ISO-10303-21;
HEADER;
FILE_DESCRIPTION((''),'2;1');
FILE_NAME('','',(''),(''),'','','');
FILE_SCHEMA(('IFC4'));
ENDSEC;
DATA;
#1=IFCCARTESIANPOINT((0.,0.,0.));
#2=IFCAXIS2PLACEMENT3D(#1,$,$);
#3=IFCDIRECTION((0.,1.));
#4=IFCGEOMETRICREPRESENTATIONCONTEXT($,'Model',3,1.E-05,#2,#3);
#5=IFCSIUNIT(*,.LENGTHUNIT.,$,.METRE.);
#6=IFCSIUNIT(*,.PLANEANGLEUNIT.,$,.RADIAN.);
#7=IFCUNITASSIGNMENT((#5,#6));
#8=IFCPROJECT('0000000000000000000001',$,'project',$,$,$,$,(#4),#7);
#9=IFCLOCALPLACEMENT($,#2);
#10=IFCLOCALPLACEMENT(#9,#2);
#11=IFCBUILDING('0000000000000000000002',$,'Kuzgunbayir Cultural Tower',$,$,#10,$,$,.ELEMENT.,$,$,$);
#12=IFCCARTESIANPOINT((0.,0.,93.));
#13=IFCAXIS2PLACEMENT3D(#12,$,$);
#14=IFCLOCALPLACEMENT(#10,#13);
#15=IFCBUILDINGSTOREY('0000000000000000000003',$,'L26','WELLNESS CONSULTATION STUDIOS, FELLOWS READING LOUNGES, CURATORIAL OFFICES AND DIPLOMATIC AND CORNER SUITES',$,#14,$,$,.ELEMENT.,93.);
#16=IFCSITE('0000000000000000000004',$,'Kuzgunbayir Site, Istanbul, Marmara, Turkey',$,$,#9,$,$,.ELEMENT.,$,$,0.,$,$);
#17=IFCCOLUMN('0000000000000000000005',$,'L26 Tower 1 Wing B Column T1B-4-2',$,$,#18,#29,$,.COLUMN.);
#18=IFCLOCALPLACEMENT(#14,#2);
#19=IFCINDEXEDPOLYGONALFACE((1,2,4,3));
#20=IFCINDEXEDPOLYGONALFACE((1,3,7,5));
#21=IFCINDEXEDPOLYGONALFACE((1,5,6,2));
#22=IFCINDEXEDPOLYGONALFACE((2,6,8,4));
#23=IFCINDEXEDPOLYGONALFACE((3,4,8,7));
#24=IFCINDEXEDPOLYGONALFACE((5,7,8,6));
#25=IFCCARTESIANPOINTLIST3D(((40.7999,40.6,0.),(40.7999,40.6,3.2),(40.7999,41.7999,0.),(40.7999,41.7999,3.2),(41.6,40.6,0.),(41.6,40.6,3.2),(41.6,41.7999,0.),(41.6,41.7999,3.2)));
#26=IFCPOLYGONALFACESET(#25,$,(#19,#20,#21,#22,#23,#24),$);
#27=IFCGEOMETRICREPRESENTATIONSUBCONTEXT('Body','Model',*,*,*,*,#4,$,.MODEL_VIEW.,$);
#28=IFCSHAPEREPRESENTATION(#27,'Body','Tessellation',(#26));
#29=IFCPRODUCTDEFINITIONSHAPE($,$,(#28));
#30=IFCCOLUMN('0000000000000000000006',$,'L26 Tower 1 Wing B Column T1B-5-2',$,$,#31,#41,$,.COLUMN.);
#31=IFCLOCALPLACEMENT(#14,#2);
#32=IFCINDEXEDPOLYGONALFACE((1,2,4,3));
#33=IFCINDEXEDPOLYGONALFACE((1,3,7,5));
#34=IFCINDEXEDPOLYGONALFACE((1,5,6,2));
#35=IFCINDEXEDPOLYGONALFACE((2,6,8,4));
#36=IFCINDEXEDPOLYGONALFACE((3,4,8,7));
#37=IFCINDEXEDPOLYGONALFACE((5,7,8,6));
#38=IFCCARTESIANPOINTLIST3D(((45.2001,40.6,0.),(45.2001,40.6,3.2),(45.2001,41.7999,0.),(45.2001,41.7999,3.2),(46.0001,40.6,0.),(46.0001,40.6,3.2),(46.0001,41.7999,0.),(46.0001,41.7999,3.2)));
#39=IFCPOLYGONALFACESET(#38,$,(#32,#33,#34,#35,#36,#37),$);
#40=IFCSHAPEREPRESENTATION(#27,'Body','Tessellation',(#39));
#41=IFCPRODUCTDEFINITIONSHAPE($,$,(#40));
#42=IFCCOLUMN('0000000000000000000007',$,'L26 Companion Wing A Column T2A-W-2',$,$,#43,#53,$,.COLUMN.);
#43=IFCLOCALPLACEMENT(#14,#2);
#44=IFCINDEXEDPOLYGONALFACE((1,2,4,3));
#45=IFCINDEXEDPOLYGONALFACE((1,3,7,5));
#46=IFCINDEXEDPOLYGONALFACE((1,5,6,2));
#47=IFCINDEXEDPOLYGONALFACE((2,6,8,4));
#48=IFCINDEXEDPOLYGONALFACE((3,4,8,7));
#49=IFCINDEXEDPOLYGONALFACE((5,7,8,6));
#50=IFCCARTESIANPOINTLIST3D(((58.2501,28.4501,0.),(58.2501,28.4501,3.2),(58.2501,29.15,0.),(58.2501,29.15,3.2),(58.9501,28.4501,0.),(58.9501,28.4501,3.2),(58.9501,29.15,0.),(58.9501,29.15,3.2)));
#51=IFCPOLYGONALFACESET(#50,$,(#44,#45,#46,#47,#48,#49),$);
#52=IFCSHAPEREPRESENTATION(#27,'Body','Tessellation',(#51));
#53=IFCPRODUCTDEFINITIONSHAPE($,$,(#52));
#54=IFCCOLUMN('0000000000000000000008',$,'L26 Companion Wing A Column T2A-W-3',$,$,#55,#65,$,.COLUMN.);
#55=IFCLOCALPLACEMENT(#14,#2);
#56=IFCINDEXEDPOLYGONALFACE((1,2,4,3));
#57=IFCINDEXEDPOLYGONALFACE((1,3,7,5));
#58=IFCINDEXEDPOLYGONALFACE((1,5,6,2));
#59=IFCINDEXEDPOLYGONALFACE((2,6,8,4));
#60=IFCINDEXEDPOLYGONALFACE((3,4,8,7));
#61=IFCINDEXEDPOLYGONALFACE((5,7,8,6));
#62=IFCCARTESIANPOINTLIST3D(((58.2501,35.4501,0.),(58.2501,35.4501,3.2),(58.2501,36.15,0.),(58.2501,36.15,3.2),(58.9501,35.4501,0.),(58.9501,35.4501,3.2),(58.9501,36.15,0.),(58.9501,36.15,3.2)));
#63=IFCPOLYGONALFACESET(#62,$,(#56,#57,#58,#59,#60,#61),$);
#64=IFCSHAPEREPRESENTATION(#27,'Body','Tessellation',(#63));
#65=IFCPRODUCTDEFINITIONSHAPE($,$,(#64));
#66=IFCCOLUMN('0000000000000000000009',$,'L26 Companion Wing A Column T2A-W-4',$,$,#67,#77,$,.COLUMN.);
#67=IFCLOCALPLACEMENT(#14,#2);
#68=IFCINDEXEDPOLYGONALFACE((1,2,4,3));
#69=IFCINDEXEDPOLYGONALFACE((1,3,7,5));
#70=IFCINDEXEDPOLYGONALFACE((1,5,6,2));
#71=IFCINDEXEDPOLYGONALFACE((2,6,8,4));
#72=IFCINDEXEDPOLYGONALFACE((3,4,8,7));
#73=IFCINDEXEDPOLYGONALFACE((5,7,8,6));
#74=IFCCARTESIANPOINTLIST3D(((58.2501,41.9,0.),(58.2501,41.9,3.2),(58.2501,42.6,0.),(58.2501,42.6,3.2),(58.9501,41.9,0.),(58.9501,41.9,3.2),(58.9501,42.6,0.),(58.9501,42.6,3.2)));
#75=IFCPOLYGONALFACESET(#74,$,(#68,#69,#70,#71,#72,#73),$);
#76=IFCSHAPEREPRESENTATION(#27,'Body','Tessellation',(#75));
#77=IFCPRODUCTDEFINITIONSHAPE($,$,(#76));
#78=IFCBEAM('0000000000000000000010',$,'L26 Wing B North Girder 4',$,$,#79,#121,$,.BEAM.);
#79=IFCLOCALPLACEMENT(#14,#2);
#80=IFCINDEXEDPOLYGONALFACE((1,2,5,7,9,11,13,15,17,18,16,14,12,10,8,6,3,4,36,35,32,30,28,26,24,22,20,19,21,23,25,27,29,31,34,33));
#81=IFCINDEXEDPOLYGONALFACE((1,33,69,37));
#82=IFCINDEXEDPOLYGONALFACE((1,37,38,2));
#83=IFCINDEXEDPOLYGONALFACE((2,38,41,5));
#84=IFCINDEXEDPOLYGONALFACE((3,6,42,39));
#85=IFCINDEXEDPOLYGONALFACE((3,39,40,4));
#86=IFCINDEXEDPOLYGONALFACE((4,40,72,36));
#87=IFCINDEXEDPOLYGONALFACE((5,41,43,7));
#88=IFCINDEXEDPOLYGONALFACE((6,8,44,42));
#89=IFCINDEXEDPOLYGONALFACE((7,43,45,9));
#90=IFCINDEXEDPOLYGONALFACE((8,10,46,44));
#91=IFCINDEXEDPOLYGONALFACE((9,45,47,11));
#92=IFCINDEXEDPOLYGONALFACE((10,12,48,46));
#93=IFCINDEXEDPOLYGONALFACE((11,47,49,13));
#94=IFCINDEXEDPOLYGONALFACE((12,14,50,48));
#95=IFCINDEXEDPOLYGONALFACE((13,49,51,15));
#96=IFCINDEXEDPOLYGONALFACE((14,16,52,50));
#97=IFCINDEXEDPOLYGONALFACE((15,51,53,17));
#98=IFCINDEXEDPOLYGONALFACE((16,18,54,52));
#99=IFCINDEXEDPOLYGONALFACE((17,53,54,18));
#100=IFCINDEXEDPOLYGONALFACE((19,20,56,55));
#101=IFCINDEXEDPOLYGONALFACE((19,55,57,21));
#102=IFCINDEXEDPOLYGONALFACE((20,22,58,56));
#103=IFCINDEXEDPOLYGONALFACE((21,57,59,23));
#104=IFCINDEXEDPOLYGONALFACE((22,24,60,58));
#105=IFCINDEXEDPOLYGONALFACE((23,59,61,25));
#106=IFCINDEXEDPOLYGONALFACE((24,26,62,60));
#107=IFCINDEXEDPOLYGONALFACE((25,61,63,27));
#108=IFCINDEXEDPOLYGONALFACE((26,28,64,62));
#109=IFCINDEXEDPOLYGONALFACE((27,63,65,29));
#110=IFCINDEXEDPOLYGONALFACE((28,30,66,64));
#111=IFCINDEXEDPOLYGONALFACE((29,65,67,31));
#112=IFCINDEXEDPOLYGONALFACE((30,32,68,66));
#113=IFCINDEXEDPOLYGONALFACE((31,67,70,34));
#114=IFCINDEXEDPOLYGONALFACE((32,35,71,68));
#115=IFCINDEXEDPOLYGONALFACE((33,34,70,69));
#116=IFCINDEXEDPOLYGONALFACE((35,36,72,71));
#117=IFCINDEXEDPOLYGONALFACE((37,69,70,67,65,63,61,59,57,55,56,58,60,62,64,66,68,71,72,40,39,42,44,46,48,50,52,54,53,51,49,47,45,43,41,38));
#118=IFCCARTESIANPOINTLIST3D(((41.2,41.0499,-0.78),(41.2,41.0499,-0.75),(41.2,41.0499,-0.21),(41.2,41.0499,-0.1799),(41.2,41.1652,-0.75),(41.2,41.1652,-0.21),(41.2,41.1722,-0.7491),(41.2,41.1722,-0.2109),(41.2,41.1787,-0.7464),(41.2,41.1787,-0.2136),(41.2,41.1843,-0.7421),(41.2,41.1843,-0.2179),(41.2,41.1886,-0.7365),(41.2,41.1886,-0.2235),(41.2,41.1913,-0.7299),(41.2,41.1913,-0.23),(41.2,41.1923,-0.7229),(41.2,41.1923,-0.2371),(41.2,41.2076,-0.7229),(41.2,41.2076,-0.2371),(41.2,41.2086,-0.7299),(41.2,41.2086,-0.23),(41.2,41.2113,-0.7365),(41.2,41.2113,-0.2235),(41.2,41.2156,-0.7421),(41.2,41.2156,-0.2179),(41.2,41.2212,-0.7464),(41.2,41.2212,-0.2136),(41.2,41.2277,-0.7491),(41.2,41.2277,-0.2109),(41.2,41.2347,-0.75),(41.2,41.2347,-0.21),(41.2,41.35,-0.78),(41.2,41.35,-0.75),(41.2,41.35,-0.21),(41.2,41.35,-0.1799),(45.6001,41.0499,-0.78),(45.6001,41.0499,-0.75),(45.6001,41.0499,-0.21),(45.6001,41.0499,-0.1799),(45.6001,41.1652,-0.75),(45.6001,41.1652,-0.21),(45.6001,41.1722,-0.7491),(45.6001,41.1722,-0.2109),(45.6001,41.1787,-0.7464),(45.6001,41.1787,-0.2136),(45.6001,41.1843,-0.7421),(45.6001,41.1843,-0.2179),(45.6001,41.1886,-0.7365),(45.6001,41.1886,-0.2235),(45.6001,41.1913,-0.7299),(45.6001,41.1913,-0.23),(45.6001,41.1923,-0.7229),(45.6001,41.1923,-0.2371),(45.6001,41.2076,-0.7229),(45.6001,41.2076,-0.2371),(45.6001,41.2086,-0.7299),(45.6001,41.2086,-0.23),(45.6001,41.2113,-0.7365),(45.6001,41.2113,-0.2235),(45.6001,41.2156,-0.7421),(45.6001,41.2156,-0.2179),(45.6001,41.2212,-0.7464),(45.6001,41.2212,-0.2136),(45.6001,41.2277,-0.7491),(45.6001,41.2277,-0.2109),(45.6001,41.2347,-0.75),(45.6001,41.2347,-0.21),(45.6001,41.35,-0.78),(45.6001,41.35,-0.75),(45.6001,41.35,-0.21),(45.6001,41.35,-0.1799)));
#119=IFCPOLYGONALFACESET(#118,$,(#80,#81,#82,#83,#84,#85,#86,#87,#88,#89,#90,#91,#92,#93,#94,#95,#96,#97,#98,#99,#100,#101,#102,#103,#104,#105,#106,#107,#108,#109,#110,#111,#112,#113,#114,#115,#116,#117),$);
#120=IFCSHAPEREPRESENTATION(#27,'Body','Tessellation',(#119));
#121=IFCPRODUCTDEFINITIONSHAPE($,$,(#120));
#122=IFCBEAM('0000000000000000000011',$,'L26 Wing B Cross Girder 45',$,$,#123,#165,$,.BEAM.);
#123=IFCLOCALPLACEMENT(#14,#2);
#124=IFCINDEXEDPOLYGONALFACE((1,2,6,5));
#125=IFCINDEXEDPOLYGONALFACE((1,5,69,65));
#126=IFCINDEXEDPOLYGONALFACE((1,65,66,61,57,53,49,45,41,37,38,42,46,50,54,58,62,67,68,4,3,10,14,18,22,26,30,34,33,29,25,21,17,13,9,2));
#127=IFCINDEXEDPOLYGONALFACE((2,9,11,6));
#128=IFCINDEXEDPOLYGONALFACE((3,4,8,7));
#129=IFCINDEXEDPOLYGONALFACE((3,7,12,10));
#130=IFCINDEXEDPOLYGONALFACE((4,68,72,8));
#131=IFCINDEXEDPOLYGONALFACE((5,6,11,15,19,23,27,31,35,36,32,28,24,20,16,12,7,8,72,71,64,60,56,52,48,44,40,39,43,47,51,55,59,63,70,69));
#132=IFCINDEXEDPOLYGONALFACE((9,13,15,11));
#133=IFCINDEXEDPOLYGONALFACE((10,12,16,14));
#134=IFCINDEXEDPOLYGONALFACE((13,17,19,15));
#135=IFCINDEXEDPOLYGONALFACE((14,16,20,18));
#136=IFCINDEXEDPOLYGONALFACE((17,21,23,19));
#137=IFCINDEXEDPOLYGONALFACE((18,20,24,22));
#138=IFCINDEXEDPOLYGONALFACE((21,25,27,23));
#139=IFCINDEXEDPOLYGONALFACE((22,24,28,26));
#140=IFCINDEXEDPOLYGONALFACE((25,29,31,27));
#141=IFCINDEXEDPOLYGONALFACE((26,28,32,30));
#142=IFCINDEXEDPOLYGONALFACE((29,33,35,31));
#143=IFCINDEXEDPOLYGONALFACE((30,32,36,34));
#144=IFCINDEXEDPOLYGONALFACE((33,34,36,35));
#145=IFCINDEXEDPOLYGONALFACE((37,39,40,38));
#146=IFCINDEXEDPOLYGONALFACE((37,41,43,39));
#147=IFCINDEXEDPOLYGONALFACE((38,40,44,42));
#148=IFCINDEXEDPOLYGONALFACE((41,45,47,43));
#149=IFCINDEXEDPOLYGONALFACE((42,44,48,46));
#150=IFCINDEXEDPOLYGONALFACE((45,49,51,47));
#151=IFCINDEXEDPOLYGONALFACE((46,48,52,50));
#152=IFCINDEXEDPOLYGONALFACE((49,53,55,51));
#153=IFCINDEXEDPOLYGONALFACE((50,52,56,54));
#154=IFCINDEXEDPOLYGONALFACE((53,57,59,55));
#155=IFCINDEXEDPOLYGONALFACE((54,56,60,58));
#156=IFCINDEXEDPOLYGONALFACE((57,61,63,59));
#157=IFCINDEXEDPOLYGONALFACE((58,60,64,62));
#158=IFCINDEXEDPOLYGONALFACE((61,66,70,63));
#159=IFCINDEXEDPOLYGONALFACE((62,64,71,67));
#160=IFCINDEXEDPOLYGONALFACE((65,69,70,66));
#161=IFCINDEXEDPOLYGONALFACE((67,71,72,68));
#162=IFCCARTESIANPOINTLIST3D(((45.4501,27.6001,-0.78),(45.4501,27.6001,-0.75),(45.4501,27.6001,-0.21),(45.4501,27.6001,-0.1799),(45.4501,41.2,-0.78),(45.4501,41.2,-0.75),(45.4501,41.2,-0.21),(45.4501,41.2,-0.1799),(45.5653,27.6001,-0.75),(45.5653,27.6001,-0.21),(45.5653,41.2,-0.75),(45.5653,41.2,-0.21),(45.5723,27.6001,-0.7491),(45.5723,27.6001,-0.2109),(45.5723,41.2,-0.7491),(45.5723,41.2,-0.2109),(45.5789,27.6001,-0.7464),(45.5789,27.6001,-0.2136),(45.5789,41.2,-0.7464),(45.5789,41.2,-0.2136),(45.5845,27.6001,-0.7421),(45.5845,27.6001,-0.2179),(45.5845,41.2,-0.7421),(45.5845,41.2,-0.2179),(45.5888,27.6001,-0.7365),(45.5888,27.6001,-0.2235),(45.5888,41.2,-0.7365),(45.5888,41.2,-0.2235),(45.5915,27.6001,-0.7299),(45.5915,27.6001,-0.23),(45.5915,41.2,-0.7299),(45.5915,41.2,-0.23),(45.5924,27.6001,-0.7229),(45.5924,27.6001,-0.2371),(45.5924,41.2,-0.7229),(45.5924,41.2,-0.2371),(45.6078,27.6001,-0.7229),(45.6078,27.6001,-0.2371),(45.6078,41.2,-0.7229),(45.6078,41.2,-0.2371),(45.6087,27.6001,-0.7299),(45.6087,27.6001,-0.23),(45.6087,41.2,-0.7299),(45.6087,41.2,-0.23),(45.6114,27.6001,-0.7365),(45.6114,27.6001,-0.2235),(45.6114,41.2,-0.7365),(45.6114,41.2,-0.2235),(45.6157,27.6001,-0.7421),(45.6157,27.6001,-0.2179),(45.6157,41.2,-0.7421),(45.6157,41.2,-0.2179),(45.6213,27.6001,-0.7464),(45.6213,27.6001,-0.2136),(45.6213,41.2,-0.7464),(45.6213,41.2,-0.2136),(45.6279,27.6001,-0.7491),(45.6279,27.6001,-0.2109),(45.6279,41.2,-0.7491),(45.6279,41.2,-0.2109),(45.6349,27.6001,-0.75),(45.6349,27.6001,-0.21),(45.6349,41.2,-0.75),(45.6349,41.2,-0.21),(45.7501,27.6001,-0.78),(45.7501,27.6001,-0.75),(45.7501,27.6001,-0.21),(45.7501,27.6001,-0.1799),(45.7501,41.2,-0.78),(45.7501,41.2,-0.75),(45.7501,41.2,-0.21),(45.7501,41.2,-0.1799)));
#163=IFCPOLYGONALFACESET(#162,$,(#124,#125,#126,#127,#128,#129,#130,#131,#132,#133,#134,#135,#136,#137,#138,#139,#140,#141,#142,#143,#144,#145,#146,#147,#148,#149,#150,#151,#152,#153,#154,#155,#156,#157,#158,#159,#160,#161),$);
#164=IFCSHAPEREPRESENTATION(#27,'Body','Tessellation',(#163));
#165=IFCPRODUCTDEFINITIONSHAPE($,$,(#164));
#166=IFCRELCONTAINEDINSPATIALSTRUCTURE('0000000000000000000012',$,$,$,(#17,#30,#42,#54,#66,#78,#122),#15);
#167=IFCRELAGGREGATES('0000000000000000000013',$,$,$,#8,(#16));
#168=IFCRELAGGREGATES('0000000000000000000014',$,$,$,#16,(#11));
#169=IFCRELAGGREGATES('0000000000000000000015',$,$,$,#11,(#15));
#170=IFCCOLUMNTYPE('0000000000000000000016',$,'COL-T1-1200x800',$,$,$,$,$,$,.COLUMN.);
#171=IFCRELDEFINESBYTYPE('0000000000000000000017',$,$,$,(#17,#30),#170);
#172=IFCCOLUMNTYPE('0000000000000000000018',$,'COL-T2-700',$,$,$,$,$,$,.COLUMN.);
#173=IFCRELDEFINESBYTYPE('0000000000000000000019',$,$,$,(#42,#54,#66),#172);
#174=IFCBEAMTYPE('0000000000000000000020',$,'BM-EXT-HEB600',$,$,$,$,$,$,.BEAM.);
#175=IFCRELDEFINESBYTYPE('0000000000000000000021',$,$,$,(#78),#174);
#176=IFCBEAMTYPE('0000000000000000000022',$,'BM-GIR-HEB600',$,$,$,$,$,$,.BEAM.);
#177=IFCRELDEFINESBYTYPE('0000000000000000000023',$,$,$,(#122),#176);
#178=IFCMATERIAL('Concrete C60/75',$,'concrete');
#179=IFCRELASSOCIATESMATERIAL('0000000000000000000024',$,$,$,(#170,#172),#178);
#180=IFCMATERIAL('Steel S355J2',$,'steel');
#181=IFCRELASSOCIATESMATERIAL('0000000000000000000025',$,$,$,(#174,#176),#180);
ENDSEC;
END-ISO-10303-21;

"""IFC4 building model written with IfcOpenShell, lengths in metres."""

from ifc_helpers import new_model, si_unit, direction, frame, origin, origin_2d, place, context, subcontext, project, spatial, rectangle, i_section, extrude, material, material_profile, profile_set, type_object, element, save


model = new_model("IFC4")

# Units and contexts
model_context = context("Model", 3, precision=1e-05, world=origin(), true_north=direction((0.0, 1.0)))
body_context = subcontext(model_context, "Body", "Model", "MODEL_VIEW")
ifc_project = project(units=[si_unit("LENGTHUNIT", "METRE"), si_unit("PLANEANGLEUNIT", "RADIAN")], contexts=[model_context])

# Site, building, storey
site_placement = place(None, origin())
site = spatial("IfcSite", under=ifc_project, at=site_placement, Name="Kuzgunbayir Site, Istanbul, Marmara, Turkey", CompositionType="ELEMENT", RefElevation=0.0)
building_placement = place(site_placement, origin())
building = spatial("IfcBuilding", under=site, at=building_placement, Name="Kuzgunbayir Cultural Tower", CompositionType="ELEMENT")
storey_placement = place(building_placement, frame((0.0, 0.0, 93.0)))
storey = spatial("IfcBuildingStorey", under=building, at=storey_placement, Name="L26", Description="WELLNESS CONSULTATION STUDIOS, FELLOWS READING LOUNGES, CURATORIAL OFFICES AND DIPLOMATIC AND CORNER SUITES", CompositionType="ELEMENT", Elevation=93.0)

# Columns
ifc_material_1 = material(Name="Concrete C60/75", Category="concrete")
ifc_material_profile_1 = material_profile(ifc_material_1, rectangle(XDim=0.8, YDim=1.2, at=origin_2d()), Name="RC 1200x800")
ifc_profile_set_1 = profile_set([ifc_material_profile_1], Name="Concrete C60/75")
column_type_1 = type_object("IfcColumnType", Name="COL-T1-1200x800", PredefinedType="COLUMN", material=ifc_profile_set_1)
for number, where, z_axis, x_axis, name in (
    (1, (41.2, 41.2, 0.0), (0.0, 0.0, 1.0), (1.0, 0.0, 0.0), "L26 Tower 1 Wing B Column T1B-4-2"),
    (2, (45.6001, 41.2, 0.0), (0.0, 0.0, 1.0), (1.0, 0.0, 0.0), "L26 Tower 1 Wing B Column T1B-5-2"),
):
    element("IfcColumn", number, at=place(storey_placement, frame(where, z_axis=z_axis, x_axis=x_axis)), inside=storey, type_object=column_type_1, Name=name, PredefinedType="COLUMN", context=body_context, shape_type="SweptSolid", body=[
        extrude(rectangle(XDim=0.8, YDim=1.2, at=origin_2d()), origin(), (0.0, 0.0, 1.0), 3.2),
    ])
ifc_material_profile_2 = material_profile(ifc_material_1, rectangle(XDim=0.7, YDim=0.7, at=origin_2d()), Name="RC 700x700")
ifc_profile_set_2 = profile_set([ifc_material_profile_2], Name="Concrete C60/75")
column_type_2 = type_object("IfcColumnType", Name="COL-T2-700", PredefinedType="COLUMN", material=ifc_profile_set_2)
for number, where, z_axis, x_axis, name in (
    (3, (58.6001, 28.8, 0.0), (0.0, 0.0, 1.0), (1.0, 0.0, 0.0), "L26 Companion Wing A Column T2A-W-2"),
    (4, (58.6001, 35.8, 0.0), (0.0, 0.0, 1.0), (1.0, 0.0, 0.0), "L26 Companion Wing A Column T2A-W-3"),
    (5, (58.6001, 42.25, 0.0), (0.0, 0.0, 1.0), (1.0, 0.0, 0.0), "L26 Companion Wing A Column T2A-W-4"),
):
    element("IfcColumn", number, at=place(storey_placement, frame(where, z_axis=z_axis, x_axis=x_axis)), inside=storey, type_object=column_type_2, Name=name, PredefinedType="COLUMN", context=body_context, shape_type="SweptSolid", body=[
        extrude(rectangle(XDim=0.7, YDim=0.7, at=origin_2d()), origin(), (0.0, 0.0, 1.0), 3.2),
    ])

# Beams
ifc_material_2 = material(Name="Steel S355J2", Category="steel")
ifc_material_profile_3 = material_profile(ifc_material_2, i_section(OverallWidth=0.3, OverallDepth=0.6001, WebThickness=0.0154, FlangeThickness=0.03, FilletRadius=0.0271, at=origin_2d()), Name="HEB 600")
ifc_profile_set_3 = profile_set([ifc_material_profile_3], Name="Steel S355J2")
beam_type_1 = type_object("IfcBeamType", Name="BM-EXT-HEB600", PredefinedType="BEAM", material=ifc_profile_set_3)
beam_1_placement = place(storey_placement, frame((41.2, 41.2, -0.48), z_axis=(1.0, 0.0, 0.0), x_axis=(0.0, 1.0, 0.0)))
element("IfcBeam", 6, at=beam_1_placement, inside=storey, type_object=beam_type_1, Name="L26 Wing B North Girder 4", PredefinedType="BEAM", context=body_context, shape_type="SweptSolid", body=[
    extrude(i_section(OverallWidth=0.3, OverallDepth=0.6001, WebThickness=0.0154, FlangeThickness=0.03, FilletRadius=0.0271, at=origin_2d()), origin(), (0.0, 0.0, 1.0), 4.4001),
])
ifc_material_profile_4 = material_profile(ifc_material_2, i_section(OverallWidth=0.3, OverallDepth=0.6001, WebThickness=0.0154, FlangeThickness=0.03, FilletRadius=0.0271, at=origin_2d()), Name="HEB 600")
ifc_profile_set_4 = profile_set([ifc_material_profile_4], Name="Steel S355J2")
beam_type_2 = type_object("IfcBeamType", Name="BM-GIR-HEB600", PredefinedType="BEAM", material=ifc_profile_set_4)
beam_2_placement = place(storey_placement, frame((45.6001, 27.6001, -0.48), z_axis=(0.0, 1.0, 0.0), x_axis=(-1.0, 0.0, 0.0)))
element("IfcBeam", 7, at=beam_2_placement, inside=storey, type_object=beam_type_2, Name="L26 Wing B Cross Girder 45", PredefinedType="BEAM", context=body_context, shape_type="SweptSolid", body=[
    extrude(i_section(OverallWidth=0.3, OverallDepth=0.6001, WebThickness=0.0154, FlangeThickness=0.03, FilletRadius=0.0271, at=origin_2d()), origin(), (0.0, 0.0, 1.0), 13.5999),
])

save(model, "model.ifc")
